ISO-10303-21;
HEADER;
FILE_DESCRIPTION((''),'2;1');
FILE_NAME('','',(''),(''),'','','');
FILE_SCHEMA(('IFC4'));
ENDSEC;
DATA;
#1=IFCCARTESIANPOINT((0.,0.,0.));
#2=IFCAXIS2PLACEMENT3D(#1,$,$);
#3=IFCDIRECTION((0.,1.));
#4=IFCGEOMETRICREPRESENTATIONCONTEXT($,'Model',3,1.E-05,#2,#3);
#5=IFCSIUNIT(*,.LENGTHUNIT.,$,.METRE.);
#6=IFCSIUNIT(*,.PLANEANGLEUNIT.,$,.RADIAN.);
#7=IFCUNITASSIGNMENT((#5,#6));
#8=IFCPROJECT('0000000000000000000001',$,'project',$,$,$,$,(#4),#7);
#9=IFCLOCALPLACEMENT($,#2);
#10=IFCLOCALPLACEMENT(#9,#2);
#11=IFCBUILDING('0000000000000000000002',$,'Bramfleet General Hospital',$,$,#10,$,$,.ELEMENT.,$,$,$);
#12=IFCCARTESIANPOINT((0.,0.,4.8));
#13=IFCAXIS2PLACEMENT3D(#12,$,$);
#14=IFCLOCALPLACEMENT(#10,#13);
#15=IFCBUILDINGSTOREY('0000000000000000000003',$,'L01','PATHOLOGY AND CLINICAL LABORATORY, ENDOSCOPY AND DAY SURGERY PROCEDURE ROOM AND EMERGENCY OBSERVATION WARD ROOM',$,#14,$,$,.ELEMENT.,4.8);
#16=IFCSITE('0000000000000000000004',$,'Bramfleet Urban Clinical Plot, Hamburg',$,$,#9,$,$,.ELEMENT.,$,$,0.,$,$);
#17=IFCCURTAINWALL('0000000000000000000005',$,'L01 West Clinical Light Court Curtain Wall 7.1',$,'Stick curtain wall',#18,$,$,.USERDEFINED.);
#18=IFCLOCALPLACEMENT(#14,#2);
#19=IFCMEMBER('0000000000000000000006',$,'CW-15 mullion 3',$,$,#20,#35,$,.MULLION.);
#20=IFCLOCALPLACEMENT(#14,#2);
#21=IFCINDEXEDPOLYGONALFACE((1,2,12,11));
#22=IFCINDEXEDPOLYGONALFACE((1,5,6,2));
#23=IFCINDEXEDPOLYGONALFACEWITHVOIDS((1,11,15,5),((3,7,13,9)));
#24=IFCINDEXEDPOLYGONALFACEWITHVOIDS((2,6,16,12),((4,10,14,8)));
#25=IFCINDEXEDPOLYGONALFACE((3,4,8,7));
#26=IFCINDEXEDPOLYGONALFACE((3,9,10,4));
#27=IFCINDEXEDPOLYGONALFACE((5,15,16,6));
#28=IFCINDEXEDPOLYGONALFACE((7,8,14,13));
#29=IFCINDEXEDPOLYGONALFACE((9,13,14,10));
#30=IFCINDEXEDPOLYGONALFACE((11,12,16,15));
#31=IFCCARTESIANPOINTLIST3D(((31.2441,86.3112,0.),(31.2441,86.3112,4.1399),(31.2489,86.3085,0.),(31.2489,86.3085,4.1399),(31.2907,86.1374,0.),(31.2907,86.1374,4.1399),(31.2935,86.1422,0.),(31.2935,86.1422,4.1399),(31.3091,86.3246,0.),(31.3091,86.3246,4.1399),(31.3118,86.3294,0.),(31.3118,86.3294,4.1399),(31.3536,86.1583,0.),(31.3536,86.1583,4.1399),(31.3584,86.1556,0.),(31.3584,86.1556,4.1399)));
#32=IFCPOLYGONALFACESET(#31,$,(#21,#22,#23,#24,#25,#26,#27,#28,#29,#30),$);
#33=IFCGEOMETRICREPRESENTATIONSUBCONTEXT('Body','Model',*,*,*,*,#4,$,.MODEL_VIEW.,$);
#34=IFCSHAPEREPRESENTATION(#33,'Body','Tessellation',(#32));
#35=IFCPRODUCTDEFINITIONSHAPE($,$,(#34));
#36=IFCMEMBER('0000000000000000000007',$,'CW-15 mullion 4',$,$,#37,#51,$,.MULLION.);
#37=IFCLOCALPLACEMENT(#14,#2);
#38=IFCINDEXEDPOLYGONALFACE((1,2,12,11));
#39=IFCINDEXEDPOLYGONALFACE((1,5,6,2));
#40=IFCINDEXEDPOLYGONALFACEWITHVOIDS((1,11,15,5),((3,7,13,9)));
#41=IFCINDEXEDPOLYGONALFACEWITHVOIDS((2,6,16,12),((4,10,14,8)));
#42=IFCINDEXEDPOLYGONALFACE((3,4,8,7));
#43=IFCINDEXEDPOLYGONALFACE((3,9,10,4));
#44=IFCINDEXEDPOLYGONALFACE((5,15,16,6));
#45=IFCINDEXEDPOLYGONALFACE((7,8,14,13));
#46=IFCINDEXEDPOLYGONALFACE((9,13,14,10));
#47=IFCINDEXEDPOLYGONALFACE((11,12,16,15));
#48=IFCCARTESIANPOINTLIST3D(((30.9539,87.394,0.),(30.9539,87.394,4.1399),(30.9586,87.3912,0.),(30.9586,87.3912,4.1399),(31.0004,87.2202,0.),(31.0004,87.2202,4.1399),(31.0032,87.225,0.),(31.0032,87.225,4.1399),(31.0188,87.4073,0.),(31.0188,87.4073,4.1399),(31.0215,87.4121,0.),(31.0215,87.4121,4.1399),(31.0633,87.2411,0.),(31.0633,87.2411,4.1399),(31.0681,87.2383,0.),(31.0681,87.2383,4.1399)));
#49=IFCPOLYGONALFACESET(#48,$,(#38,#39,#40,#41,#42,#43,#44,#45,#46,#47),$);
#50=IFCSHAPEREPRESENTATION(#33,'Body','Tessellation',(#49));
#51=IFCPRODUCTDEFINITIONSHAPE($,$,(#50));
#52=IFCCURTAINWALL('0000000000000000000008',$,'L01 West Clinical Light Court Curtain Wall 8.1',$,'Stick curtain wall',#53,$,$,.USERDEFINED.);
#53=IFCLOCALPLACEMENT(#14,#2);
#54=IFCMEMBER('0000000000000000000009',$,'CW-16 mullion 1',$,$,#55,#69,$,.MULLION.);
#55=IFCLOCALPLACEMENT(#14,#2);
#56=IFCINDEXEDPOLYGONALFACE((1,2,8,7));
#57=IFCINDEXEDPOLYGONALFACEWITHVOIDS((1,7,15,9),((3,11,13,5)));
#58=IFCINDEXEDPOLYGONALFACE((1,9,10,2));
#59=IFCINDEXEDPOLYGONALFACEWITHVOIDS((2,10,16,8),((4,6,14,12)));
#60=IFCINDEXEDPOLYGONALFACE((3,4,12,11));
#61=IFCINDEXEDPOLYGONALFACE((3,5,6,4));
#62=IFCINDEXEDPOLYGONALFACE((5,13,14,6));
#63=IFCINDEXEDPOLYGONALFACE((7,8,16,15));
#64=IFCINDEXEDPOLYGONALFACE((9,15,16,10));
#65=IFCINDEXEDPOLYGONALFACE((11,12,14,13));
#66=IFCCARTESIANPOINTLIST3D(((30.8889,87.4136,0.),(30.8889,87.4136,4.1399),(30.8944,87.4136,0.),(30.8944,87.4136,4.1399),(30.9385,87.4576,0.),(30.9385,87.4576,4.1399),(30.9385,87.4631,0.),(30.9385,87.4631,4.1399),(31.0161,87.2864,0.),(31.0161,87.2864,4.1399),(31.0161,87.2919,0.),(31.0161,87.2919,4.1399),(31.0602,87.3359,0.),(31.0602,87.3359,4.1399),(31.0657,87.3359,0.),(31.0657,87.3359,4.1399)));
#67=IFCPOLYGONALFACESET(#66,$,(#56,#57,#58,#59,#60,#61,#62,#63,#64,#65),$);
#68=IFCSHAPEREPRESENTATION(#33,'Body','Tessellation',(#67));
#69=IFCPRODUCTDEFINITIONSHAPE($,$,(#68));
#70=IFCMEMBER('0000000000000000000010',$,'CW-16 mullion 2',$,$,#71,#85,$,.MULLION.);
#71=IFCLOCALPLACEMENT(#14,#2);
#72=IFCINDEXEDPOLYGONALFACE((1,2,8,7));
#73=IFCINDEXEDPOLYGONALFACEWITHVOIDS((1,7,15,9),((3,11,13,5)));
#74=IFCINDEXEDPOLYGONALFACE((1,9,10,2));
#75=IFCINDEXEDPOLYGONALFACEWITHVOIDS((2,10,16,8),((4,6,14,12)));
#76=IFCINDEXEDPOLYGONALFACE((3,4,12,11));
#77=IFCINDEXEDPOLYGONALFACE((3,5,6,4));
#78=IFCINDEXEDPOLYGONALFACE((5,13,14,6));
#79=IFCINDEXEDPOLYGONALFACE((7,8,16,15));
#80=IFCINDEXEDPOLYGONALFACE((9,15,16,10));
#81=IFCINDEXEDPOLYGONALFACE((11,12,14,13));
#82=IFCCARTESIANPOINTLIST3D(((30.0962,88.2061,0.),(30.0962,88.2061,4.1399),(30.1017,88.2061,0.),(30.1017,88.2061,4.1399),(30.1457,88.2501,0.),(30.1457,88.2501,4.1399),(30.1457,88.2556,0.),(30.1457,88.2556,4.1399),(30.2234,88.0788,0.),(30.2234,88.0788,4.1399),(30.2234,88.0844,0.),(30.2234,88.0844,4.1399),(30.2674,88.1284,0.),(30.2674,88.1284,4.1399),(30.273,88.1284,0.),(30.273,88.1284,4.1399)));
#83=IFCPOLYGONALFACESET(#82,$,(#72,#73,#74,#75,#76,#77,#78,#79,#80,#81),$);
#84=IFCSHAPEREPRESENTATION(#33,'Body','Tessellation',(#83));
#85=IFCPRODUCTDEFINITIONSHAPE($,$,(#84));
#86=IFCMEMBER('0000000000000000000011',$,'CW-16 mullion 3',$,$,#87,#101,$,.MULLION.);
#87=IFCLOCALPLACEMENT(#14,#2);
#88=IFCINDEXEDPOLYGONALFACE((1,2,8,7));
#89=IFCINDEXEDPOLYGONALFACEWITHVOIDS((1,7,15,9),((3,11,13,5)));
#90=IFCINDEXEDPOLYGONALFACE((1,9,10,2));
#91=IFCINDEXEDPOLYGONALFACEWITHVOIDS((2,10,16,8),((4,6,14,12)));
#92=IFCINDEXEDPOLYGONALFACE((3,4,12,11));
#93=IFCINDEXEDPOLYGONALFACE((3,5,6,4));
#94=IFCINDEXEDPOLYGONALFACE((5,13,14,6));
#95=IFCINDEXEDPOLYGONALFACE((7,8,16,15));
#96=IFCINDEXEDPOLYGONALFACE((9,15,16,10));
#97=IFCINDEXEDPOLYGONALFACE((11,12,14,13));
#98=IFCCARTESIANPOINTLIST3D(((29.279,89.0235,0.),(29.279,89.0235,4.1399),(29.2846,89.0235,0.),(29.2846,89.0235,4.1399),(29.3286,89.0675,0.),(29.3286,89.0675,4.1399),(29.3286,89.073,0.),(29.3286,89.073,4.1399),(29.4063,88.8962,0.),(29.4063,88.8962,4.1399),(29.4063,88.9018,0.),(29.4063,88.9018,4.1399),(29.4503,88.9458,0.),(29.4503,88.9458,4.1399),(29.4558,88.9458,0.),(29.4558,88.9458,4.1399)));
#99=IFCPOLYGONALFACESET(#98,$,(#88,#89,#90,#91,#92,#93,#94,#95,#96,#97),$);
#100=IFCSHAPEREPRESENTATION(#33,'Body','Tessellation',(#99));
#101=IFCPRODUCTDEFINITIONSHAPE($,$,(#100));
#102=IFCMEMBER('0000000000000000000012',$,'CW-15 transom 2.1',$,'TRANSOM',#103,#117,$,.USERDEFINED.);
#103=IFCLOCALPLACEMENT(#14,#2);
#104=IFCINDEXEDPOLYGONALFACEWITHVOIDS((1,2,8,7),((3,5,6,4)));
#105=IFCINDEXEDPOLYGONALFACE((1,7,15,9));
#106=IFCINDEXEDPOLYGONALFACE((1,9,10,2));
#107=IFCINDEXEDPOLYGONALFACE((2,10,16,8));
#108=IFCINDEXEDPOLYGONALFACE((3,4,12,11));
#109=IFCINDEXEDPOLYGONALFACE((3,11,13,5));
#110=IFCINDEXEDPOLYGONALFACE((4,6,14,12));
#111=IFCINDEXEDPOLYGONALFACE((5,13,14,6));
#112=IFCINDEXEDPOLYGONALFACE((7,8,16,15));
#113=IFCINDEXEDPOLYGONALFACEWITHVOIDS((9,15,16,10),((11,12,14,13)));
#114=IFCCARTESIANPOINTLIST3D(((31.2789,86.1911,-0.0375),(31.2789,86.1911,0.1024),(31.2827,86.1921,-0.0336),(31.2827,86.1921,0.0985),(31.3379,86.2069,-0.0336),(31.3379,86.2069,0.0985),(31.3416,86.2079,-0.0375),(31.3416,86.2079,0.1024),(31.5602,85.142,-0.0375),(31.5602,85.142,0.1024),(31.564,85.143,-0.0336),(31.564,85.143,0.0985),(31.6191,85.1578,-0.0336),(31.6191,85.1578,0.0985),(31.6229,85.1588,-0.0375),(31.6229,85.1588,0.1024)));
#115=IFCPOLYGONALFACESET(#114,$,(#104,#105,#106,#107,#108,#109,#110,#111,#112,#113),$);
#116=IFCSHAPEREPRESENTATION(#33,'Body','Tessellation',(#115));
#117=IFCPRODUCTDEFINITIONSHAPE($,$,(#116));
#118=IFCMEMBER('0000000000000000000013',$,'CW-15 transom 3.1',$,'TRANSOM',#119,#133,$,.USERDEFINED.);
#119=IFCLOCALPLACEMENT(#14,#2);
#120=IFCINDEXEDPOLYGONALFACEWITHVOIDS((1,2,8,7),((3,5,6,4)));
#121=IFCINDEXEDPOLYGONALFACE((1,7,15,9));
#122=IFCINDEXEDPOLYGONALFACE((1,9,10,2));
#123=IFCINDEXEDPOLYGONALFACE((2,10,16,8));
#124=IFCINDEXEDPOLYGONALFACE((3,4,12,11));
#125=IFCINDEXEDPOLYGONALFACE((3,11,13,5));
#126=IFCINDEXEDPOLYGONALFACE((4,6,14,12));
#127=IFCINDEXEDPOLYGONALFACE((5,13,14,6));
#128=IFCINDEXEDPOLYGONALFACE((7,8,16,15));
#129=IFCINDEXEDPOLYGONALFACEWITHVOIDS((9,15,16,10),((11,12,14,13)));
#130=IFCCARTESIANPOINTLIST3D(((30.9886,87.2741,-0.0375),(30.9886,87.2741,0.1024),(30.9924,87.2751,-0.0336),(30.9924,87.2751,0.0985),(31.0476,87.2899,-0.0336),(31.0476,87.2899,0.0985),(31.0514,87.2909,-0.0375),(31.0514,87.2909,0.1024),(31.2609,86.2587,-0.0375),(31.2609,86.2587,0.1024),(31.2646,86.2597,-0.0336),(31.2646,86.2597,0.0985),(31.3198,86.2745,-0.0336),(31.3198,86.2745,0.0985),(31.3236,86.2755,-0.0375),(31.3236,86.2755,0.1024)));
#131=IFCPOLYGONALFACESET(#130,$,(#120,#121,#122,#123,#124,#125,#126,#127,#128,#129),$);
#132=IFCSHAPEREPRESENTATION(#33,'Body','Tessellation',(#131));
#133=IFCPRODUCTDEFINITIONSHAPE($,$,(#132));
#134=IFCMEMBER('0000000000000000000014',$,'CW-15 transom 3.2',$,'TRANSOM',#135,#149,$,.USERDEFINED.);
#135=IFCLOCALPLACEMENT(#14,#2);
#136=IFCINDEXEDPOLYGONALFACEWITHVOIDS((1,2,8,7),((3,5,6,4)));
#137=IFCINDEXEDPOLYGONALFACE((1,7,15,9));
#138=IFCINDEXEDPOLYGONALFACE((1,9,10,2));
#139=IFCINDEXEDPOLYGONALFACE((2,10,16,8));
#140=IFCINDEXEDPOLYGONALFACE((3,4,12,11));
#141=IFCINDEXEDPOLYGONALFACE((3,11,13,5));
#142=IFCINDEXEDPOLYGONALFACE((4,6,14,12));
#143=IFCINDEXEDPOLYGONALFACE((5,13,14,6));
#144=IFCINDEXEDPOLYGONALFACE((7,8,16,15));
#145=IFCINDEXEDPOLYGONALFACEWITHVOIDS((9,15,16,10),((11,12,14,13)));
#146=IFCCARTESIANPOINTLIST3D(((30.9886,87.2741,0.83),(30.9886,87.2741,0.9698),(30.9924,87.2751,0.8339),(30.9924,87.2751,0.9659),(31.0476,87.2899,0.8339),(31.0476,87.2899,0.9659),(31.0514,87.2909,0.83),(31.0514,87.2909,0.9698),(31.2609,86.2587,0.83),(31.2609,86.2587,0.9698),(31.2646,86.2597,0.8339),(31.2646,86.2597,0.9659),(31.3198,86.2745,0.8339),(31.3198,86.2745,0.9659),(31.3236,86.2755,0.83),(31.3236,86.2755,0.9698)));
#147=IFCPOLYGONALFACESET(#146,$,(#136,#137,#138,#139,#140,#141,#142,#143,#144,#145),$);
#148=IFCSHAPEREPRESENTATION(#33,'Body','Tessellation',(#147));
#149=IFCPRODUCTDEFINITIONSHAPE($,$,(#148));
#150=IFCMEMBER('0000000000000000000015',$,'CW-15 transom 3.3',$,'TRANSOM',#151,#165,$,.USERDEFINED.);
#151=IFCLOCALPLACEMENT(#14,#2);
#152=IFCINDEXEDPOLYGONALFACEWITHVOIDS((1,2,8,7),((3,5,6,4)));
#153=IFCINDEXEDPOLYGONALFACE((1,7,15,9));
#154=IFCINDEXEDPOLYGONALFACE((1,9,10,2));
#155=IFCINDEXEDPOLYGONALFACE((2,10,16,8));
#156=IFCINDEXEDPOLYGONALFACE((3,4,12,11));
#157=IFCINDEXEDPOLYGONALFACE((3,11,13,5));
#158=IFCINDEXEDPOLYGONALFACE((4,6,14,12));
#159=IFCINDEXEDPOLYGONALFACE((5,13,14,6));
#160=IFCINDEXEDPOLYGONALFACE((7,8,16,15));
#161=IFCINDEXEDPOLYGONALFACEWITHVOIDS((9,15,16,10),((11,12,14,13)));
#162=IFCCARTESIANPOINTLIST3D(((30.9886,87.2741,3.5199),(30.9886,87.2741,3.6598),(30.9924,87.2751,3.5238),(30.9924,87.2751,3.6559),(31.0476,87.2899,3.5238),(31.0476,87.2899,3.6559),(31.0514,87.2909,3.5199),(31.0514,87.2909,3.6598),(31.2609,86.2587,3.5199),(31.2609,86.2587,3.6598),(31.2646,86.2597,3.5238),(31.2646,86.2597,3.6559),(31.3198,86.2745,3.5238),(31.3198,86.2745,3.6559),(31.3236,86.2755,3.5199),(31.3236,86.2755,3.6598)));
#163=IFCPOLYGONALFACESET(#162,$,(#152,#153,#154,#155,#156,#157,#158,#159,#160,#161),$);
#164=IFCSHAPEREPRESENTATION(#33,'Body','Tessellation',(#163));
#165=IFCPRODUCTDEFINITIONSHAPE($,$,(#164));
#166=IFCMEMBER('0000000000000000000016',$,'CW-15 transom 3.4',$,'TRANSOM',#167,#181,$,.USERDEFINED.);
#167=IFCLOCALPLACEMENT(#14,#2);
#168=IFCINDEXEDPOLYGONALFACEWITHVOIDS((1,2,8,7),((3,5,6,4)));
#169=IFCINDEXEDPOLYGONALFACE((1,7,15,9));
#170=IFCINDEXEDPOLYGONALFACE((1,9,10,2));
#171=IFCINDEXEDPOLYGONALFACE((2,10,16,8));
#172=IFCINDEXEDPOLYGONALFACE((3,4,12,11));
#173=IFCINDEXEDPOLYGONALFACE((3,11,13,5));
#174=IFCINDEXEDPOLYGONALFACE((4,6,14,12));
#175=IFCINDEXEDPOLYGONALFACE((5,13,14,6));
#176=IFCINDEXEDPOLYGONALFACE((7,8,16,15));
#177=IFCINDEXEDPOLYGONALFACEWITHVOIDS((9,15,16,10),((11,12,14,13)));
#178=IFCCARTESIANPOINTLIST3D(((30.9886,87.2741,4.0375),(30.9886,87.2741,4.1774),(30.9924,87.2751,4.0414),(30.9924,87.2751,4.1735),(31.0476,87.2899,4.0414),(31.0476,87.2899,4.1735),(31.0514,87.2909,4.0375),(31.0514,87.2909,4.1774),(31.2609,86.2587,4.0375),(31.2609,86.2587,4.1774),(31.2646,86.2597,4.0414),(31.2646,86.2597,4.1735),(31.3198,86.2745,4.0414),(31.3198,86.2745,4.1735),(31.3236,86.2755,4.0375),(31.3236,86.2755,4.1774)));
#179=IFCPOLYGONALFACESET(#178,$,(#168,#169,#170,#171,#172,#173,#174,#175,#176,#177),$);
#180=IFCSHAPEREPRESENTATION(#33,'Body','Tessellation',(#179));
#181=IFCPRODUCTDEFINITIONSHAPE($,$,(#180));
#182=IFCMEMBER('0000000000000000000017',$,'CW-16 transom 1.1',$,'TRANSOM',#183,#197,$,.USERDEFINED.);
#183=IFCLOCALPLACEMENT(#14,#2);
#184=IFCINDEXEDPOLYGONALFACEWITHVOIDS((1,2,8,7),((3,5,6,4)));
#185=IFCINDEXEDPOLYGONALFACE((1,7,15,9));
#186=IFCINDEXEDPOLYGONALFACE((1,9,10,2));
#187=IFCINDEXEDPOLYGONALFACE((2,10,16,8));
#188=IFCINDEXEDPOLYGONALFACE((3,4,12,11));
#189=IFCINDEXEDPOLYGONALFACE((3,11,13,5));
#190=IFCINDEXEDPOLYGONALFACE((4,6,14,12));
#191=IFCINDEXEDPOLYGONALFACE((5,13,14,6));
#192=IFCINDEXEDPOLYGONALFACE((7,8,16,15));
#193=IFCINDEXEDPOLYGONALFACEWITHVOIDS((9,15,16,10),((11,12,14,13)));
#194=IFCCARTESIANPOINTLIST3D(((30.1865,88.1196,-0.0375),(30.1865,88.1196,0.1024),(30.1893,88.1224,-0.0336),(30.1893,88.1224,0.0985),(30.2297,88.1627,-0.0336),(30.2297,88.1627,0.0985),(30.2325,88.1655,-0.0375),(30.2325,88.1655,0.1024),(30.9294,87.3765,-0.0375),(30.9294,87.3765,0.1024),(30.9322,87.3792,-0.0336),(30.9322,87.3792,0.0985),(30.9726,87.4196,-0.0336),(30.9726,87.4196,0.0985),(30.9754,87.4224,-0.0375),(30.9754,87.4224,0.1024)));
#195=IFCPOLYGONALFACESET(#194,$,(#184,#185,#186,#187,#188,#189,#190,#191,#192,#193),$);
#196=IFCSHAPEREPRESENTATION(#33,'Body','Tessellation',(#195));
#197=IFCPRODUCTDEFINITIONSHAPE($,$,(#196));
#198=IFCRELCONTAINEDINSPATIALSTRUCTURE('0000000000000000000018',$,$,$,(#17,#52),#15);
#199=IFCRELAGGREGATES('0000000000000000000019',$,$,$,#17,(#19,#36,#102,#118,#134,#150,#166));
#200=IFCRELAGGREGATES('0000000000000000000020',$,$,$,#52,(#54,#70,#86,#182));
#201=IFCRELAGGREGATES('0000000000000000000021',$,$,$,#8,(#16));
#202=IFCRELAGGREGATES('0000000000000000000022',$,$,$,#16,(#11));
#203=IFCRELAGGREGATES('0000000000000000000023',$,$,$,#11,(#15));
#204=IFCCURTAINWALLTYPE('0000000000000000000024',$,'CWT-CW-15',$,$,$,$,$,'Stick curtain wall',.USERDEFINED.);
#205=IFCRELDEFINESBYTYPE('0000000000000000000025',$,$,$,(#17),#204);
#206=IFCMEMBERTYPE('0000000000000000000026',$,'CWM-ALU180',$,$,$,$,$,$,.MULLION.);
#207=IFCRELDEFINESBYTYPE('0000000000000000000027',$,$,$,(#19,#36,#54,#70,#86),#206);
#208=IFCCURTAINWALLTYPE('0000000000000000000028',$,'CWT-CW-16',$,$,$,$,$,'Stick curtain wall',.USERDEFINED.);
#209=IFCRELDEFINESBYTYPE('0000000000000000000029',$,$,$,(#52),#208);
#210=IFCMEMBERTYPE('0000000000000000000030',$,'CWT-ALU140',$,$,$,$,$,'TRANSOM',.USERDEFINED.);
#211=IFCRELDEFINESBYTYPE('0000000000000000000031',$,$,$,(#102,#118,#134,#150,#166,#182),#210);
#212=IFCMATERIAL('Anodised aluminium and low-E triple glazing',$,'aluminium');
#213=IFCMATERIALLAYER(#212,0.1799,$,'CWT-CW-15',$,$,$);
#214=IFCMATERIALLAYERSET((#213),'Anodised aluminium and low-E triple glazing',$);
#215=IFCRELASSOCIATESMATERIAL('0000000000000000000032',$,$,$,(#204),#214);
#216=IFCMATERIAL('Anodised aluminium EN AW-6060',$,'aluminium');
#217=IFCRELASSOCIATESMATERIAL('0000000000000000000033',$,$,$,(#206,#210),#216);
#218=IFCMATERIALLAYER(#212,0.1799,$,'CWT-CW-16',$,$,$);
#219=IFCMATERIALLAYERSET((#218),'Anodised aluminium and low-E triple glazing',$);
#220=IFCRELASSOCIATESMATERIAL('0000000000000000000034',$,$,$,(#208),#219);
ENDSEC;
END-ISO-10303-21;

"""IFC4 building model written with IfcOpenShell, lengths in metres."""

from ifc_helpers import new_model, si_unit, direction, frame, origin, origin_2d, place, context, subcontext, project, spatial, hollow_rectangle, extrude, material, layer, layer_set, material_profile, profile_set, type_object, element, aggregate, save


model = new_model("IFC4")

# Units and contexts
model_context = context("Model", 3, precision=1e-05, world=origin(), true_north=direction((0.0, 1.0)))
body_context = subcontext(model_context, "Body", "Model", "MODEL_VIEW")
ifc_project = project(units=[si_unit("LENGTHUNIT", "METRE"), si_unit("PLANEANGLEUNIT", "RADIAN")], contexts=[model_context])

# Site, building, storey
site_placement = place(None, origin())
site = spatial("IfcSite", under=ifc_project, at=site_placement, Name="Bramfleet Urban Clinical Plot, Hamburg", CompositionType="ELEMENT", RefElevation=0.0)
building_placement = place(site_placement, origin())
building = spatial("IfcBuilding", under=site, at=building_placement, Name="Bramfleet General Hospital", CompositionType="ELEMENT")
storey_placement = place(building_placement, frame((0.0, 0.0, 4.8)))
storey = spatial("IfcBuildingStorey", under=building, at=storey_placement, Name="L01", Description="PATHOLOGY AND CLINICAL LABORATORY, ENDOSCOPY AND DAY SURGERY PROCEDURE ROOM AND EMERGENCY OBSERVATION WARD ROOM", CompositionType="ELEMENT", Elevation=4.8)

# Curtain walls, members
ifc_material_1 = material(Name="Anodised aluminium and low-E triple glazing", Category="aluminium")
ifc_layer_1 = layer(ifc_material_1, 0.1799, Name="CWT-CW-15")
ifc_layer_set_1 = layer_set([ifc_layer_1], Name="Anodised aluminium and low-E triple glazing")
curtain_wall_type_1 = type_object("IfcCurtainWallType", Name="CWT-CW-15", ElementType="Stick curtain wall", PredefinedType="USERDEFINED", material=ifc_layer_set_1)
curtain_wall_1_placement = place(storey_placement, origin())
curtain_wall_1 = element("IfcCurtainWall", 1, at=curtain_wall_1_placement, inside=storey, type_object=curtain_wall_type_1, Name="L01 West Clinical Light Court Curtain Wall 7.1", ObjectType="Stick curtain wall", PredefinedType="USERDEFINED")
ifc_material_2 = material(Name="Anodised aluminium EN AW-6060", Category="aluminium")
ifc_material_profile_1 = material_profile(ifc_material_2, hollow_rectangle(XDim=0.0701, YDim=0.1799, WallThickness=0.0039, at=origin_2d()), Name="ALU 180x70x4.0")
ifc_profile_set_1 = profile_set([ifc_material_profile_1], Name="Anodised aluminium EN AW-6060")
member_type_1 = type_object("IfcMemberType", Name="CWM-ALU180", PredefinedType="MULLION", material=ifc_profile_set_1)
member_1_placement = place(storey_placement, frame((31.3013, 86.2334, 0.0), z_axis=(0.0, 0.0, 1.0), x_axis=(-0.965899, -0.258919, 0.0)))
member_1 = element("IfcMember", 2, at=member_1_placement, type_object=member_type_1, Name="CW-15 mullion 3", PredefinedType="MULLION", context=body_context, shape_type="SweptSolid", body=[
    extrude(hollow_rectangle(XDim=0.0701, YDim=0.1799, WallThickness=0.0039, at=origin_2d()), origin(), (0.0, 0.0, 1.0), 4.1399),
])
member_2_placement = place(storey_placement, frame((31.011, 87.3162, 0.0), z_axis=(0.0, 0.0, 1.0), x_axis=(-0.965899, -0.258919, 0.0)))
member_2 = element("IfcMember", 3, at=member_2_placement, type_object=member_type_1, Name="CW-15 mullion 4", PredefinedType="MULLION", context=body_context, shape_type="SweptSolid", body=[
    extrude(hollow_rectangle(XDim=0.0701, YDim=0.1799, WallThickness=0.0039, at=origin_2d()), origin(), (0.0, 0.0, 1.0), 4.1399),
])
ifc_layer_2 = layer(ifc_material_1, 0.1799, Name="CWT-CW-16")
ifc_layer_set_2 = layer_set([ifc_layer_2], Name="Anodised aluminium and low-E triple glazing")
curtain_wall_type_2 = type_object("IfcCurtainWallType", Name="CWT-CW-16", ElementType="Stick curtain wall", PredefinedType="USERDEFINED", material=ifc_layer_set_2)
curtain_wall_2_placement = place(storey_placement, origin())
curtain_wall_2 = element("IfcCurtainWall", 4, at=curtain_wall_2_placement, inside=storey, type_object=curtain_wall_type_2, Name="L01 West Clinical Light Court Curtain Wall 8.1", ObjectType="Stick curtain wall", PredefinedType="USERDEFINED")
member_3_placement = place(storey_placement, frame((30.9773, 87.3748, 0.0), z_axis=(0.0, 0.0, 1.0), x_axis=(-0.707107, -0.707107, 0.0)))
member_3 = element("IfcMember", 5, at=member_3_placement, type_object=member_type_1, Name="CW-16 mullion 1", PredefinedType="MULLION", context=body_context, shape_type="SweptSolid", body=[
    extrude(hollow_rectangle(XDim=0.0701, YDim=0.1799, WallThickness=0.0039, at=origin_2d()), origin(), (0.0, 0.0, 1.0), 4.1399),
])
member_4_placement = place(storey_placement, frame((30.1846, 88.1672, 0.0), z_axis=(0.0, 0.0, 1.0), x_axis=(-0.707107, -0.707107, 0.0)))
member_4 = element("IfcMember", 6, at=member_4_placement, type_object=member_type_1, Name="CW-16 mullion 2", PredefinedType="MULLION", context=body_context, shape_type="SweptSolid", body=[
    extrude(hollow_rectangle(XDim=0.0701, YDim=0.1799, WallThickness=0.0039, at=origin_2d()), origin(), (0.0, 0.0, 1.0), 4.1399),
])
member_5_placement = place(storey_placement, frame((29.3674, 88.9846, 0.0), z_axis=(0.0, 0.0, 1.0), x_axis=(-0.707107, -0.707107, 0.0)))
member_5 = element("IfcMember", 7, at=member_5_placement, type_object=member_type_1, Name="CW-16 mullion 3", PredefinedType="MULLION", context=body_context, shape_type="SweptSolid", body=[
    extrude(hollow_rectangle(XDim=0.0701, YDim=0.1799, WallThickness=0.0039, at=origin_2d()), origin(), (0.0, 0.0, 1.0), 4.1399),
])

# Members
ifc_material_profile_2 = material_profile(ifc_material_2, hollow_rectangle(XDim=0.0649, YDim=0.1399, WallThickness=0.0039, at=origin_2d()), Name="ALU 140x65x4.0")
ifc_profile_set_2 = profile_set([ifc_material_profile_2], Name="Anodised aluminium EN AW-6060")
member_type_2 = type_object("IfcMemberType", Name="CWT-ALU140", ElementType="TRANSOM", PredefinedType="USERDEFINED", material=ifc_profile_set_2)
member_6_placement = place(storey_placement, frame((31.5916, 85.1504, 0.0325), z_axis=(-0.25895, 0.965891, 0.0), x_axis=(-0.965891, -0.25895, 0.0)))
member_6 = element("IfcMember", 8, at=member_6_placement, type_object=member_type_2, Name="CW-15 transom 2.1", ObjectType="TRANSOM", PredefinedType="USERDEFINED", context=body_context, shape_type="SweptSolid", body=[
    extrude(hollow_rectangle(XDim=0.0649, YDim=0.1399, WallThickness=0.0039, at=origin_2d()), origin(), (0.0, 0.0, 1.0), 1.0862),
])
member_7_placement = place(storey_placement, frame((31.2922, 86.2671, 0.0325), z_axis=(-0.258949, 0.965891, 0.0), x_axis=(-0.965891, -0.258949, 0.0)))
member_7 = element("IfcMember", 9, at=member_7_placement, type_object=member_type_2, Name="CW-15 transom 3.1", ObjectType="TRANSOM", PredefinedType="USERDEFINED", context=body_context, shape_type="SweptSolid", body=[
    extrude(hollow_rectangle(XDim=0.0649, YDim=0.1399, WallThickness=0.0039, at=origin_2d()), origin(), (0.0, 0.0, 1.0), 1.0513),
])
member_8_placement = place(storey_placement, frame((31.2922, 86.2671, 0.8999), z_axis=(-0.258949, 0.965891, 0.0), x_axis=(-0.965891, -0.258949, 0.0)))
member_8 = element("IfcMember", 10, at=member_8_placement, type_object=member_type_2, Name="CW-15 transom 3.2", ObjectType="TRANSOM", PredefinedType="USERDEFINED", context=body_context, shape_type="SweptSolid", body=[
    extrude(hollow_rectangle(XDim=0.0649, YDim=0.1399, WallThickness=0.0039, at=origin_2d()), origin(), (0.0, 0.0, 1.0), 1.0513),
])
member_9_placement = place(storey_placement, frame((31.2922, 86.2671, 3.5898), z_axis=(-0.258949, 0.965891, 0.0), x_axis=(-0.965891, -0.258949, 0.0)))
member_9 = element("IfcMember", 11, at=member_9_placement, type_object=member_type_2, Name="CW-15 transom 3.3", ObjectType="TRANSOM", PredefinedType="USERDEFINED", context=body_context, shape_type="SweptSolid", body=[
    extrude(hollow_rectangle(XDim=0.0649, YDim=0.1399, WallThickness=0.0039, at=origin_2d()), origin(), (0.0, 0.0, 1.0), 1.0513),
])
member_10_placement = place(storey_placement, frame((31.2922, 86.2671, 4.1074), z_axis=(-0.258949, 0.965891, 0.0), x_axis=(-0.965891, -0.258949, 0.0)))
member_10 = element("IfcMember", 12, at=member_10_placement, type_object=member_type_2, Name="CW-15 transom 3.4", ObjectType="TRANSOM", PredefinedType="USERDEFINED", context=body_context, shape_type="SweptSolid", body=[
    extrude(hollow_rectangle(XDim=0.0649, YDim=0.1399, WallThickness=0.0039, at=origin_2d()), origin(), (0.0, 0.0, 1.0), 1.0513),
])
member_11_placement = place(storey_placement, frame((30.9524, 87.3994, 0.0325), z_axis=(-0.706991, 0.707223, 0.0), x_axis=(-0.707223, -0.706991, 0.0)))
member_11 = element("IfcMember", 13, at=member_11_placement, type_object=member_type_2, Name="CW-16 transom 1.1", ObjectType="TRANSOM", PredefinedType="USERDEFINED", context=body_context, shape_type="SweptSolid", body=[
    extrude(hollow_rectangle(XDim=0.0649, YDim=0.1399, WallThickness=0.0039, at=origin_2d()), origin(), (0.0, 0.0, 1.0), 1.0508),
])

aggregate(curtain_wall_1, [member_1, member_2, member_6, member_7, member_8, member_9, member_10])
aggregate(curtain_wall_2, [member_3, member_4, member_5, member_11])

save(model, "model.ifc")
